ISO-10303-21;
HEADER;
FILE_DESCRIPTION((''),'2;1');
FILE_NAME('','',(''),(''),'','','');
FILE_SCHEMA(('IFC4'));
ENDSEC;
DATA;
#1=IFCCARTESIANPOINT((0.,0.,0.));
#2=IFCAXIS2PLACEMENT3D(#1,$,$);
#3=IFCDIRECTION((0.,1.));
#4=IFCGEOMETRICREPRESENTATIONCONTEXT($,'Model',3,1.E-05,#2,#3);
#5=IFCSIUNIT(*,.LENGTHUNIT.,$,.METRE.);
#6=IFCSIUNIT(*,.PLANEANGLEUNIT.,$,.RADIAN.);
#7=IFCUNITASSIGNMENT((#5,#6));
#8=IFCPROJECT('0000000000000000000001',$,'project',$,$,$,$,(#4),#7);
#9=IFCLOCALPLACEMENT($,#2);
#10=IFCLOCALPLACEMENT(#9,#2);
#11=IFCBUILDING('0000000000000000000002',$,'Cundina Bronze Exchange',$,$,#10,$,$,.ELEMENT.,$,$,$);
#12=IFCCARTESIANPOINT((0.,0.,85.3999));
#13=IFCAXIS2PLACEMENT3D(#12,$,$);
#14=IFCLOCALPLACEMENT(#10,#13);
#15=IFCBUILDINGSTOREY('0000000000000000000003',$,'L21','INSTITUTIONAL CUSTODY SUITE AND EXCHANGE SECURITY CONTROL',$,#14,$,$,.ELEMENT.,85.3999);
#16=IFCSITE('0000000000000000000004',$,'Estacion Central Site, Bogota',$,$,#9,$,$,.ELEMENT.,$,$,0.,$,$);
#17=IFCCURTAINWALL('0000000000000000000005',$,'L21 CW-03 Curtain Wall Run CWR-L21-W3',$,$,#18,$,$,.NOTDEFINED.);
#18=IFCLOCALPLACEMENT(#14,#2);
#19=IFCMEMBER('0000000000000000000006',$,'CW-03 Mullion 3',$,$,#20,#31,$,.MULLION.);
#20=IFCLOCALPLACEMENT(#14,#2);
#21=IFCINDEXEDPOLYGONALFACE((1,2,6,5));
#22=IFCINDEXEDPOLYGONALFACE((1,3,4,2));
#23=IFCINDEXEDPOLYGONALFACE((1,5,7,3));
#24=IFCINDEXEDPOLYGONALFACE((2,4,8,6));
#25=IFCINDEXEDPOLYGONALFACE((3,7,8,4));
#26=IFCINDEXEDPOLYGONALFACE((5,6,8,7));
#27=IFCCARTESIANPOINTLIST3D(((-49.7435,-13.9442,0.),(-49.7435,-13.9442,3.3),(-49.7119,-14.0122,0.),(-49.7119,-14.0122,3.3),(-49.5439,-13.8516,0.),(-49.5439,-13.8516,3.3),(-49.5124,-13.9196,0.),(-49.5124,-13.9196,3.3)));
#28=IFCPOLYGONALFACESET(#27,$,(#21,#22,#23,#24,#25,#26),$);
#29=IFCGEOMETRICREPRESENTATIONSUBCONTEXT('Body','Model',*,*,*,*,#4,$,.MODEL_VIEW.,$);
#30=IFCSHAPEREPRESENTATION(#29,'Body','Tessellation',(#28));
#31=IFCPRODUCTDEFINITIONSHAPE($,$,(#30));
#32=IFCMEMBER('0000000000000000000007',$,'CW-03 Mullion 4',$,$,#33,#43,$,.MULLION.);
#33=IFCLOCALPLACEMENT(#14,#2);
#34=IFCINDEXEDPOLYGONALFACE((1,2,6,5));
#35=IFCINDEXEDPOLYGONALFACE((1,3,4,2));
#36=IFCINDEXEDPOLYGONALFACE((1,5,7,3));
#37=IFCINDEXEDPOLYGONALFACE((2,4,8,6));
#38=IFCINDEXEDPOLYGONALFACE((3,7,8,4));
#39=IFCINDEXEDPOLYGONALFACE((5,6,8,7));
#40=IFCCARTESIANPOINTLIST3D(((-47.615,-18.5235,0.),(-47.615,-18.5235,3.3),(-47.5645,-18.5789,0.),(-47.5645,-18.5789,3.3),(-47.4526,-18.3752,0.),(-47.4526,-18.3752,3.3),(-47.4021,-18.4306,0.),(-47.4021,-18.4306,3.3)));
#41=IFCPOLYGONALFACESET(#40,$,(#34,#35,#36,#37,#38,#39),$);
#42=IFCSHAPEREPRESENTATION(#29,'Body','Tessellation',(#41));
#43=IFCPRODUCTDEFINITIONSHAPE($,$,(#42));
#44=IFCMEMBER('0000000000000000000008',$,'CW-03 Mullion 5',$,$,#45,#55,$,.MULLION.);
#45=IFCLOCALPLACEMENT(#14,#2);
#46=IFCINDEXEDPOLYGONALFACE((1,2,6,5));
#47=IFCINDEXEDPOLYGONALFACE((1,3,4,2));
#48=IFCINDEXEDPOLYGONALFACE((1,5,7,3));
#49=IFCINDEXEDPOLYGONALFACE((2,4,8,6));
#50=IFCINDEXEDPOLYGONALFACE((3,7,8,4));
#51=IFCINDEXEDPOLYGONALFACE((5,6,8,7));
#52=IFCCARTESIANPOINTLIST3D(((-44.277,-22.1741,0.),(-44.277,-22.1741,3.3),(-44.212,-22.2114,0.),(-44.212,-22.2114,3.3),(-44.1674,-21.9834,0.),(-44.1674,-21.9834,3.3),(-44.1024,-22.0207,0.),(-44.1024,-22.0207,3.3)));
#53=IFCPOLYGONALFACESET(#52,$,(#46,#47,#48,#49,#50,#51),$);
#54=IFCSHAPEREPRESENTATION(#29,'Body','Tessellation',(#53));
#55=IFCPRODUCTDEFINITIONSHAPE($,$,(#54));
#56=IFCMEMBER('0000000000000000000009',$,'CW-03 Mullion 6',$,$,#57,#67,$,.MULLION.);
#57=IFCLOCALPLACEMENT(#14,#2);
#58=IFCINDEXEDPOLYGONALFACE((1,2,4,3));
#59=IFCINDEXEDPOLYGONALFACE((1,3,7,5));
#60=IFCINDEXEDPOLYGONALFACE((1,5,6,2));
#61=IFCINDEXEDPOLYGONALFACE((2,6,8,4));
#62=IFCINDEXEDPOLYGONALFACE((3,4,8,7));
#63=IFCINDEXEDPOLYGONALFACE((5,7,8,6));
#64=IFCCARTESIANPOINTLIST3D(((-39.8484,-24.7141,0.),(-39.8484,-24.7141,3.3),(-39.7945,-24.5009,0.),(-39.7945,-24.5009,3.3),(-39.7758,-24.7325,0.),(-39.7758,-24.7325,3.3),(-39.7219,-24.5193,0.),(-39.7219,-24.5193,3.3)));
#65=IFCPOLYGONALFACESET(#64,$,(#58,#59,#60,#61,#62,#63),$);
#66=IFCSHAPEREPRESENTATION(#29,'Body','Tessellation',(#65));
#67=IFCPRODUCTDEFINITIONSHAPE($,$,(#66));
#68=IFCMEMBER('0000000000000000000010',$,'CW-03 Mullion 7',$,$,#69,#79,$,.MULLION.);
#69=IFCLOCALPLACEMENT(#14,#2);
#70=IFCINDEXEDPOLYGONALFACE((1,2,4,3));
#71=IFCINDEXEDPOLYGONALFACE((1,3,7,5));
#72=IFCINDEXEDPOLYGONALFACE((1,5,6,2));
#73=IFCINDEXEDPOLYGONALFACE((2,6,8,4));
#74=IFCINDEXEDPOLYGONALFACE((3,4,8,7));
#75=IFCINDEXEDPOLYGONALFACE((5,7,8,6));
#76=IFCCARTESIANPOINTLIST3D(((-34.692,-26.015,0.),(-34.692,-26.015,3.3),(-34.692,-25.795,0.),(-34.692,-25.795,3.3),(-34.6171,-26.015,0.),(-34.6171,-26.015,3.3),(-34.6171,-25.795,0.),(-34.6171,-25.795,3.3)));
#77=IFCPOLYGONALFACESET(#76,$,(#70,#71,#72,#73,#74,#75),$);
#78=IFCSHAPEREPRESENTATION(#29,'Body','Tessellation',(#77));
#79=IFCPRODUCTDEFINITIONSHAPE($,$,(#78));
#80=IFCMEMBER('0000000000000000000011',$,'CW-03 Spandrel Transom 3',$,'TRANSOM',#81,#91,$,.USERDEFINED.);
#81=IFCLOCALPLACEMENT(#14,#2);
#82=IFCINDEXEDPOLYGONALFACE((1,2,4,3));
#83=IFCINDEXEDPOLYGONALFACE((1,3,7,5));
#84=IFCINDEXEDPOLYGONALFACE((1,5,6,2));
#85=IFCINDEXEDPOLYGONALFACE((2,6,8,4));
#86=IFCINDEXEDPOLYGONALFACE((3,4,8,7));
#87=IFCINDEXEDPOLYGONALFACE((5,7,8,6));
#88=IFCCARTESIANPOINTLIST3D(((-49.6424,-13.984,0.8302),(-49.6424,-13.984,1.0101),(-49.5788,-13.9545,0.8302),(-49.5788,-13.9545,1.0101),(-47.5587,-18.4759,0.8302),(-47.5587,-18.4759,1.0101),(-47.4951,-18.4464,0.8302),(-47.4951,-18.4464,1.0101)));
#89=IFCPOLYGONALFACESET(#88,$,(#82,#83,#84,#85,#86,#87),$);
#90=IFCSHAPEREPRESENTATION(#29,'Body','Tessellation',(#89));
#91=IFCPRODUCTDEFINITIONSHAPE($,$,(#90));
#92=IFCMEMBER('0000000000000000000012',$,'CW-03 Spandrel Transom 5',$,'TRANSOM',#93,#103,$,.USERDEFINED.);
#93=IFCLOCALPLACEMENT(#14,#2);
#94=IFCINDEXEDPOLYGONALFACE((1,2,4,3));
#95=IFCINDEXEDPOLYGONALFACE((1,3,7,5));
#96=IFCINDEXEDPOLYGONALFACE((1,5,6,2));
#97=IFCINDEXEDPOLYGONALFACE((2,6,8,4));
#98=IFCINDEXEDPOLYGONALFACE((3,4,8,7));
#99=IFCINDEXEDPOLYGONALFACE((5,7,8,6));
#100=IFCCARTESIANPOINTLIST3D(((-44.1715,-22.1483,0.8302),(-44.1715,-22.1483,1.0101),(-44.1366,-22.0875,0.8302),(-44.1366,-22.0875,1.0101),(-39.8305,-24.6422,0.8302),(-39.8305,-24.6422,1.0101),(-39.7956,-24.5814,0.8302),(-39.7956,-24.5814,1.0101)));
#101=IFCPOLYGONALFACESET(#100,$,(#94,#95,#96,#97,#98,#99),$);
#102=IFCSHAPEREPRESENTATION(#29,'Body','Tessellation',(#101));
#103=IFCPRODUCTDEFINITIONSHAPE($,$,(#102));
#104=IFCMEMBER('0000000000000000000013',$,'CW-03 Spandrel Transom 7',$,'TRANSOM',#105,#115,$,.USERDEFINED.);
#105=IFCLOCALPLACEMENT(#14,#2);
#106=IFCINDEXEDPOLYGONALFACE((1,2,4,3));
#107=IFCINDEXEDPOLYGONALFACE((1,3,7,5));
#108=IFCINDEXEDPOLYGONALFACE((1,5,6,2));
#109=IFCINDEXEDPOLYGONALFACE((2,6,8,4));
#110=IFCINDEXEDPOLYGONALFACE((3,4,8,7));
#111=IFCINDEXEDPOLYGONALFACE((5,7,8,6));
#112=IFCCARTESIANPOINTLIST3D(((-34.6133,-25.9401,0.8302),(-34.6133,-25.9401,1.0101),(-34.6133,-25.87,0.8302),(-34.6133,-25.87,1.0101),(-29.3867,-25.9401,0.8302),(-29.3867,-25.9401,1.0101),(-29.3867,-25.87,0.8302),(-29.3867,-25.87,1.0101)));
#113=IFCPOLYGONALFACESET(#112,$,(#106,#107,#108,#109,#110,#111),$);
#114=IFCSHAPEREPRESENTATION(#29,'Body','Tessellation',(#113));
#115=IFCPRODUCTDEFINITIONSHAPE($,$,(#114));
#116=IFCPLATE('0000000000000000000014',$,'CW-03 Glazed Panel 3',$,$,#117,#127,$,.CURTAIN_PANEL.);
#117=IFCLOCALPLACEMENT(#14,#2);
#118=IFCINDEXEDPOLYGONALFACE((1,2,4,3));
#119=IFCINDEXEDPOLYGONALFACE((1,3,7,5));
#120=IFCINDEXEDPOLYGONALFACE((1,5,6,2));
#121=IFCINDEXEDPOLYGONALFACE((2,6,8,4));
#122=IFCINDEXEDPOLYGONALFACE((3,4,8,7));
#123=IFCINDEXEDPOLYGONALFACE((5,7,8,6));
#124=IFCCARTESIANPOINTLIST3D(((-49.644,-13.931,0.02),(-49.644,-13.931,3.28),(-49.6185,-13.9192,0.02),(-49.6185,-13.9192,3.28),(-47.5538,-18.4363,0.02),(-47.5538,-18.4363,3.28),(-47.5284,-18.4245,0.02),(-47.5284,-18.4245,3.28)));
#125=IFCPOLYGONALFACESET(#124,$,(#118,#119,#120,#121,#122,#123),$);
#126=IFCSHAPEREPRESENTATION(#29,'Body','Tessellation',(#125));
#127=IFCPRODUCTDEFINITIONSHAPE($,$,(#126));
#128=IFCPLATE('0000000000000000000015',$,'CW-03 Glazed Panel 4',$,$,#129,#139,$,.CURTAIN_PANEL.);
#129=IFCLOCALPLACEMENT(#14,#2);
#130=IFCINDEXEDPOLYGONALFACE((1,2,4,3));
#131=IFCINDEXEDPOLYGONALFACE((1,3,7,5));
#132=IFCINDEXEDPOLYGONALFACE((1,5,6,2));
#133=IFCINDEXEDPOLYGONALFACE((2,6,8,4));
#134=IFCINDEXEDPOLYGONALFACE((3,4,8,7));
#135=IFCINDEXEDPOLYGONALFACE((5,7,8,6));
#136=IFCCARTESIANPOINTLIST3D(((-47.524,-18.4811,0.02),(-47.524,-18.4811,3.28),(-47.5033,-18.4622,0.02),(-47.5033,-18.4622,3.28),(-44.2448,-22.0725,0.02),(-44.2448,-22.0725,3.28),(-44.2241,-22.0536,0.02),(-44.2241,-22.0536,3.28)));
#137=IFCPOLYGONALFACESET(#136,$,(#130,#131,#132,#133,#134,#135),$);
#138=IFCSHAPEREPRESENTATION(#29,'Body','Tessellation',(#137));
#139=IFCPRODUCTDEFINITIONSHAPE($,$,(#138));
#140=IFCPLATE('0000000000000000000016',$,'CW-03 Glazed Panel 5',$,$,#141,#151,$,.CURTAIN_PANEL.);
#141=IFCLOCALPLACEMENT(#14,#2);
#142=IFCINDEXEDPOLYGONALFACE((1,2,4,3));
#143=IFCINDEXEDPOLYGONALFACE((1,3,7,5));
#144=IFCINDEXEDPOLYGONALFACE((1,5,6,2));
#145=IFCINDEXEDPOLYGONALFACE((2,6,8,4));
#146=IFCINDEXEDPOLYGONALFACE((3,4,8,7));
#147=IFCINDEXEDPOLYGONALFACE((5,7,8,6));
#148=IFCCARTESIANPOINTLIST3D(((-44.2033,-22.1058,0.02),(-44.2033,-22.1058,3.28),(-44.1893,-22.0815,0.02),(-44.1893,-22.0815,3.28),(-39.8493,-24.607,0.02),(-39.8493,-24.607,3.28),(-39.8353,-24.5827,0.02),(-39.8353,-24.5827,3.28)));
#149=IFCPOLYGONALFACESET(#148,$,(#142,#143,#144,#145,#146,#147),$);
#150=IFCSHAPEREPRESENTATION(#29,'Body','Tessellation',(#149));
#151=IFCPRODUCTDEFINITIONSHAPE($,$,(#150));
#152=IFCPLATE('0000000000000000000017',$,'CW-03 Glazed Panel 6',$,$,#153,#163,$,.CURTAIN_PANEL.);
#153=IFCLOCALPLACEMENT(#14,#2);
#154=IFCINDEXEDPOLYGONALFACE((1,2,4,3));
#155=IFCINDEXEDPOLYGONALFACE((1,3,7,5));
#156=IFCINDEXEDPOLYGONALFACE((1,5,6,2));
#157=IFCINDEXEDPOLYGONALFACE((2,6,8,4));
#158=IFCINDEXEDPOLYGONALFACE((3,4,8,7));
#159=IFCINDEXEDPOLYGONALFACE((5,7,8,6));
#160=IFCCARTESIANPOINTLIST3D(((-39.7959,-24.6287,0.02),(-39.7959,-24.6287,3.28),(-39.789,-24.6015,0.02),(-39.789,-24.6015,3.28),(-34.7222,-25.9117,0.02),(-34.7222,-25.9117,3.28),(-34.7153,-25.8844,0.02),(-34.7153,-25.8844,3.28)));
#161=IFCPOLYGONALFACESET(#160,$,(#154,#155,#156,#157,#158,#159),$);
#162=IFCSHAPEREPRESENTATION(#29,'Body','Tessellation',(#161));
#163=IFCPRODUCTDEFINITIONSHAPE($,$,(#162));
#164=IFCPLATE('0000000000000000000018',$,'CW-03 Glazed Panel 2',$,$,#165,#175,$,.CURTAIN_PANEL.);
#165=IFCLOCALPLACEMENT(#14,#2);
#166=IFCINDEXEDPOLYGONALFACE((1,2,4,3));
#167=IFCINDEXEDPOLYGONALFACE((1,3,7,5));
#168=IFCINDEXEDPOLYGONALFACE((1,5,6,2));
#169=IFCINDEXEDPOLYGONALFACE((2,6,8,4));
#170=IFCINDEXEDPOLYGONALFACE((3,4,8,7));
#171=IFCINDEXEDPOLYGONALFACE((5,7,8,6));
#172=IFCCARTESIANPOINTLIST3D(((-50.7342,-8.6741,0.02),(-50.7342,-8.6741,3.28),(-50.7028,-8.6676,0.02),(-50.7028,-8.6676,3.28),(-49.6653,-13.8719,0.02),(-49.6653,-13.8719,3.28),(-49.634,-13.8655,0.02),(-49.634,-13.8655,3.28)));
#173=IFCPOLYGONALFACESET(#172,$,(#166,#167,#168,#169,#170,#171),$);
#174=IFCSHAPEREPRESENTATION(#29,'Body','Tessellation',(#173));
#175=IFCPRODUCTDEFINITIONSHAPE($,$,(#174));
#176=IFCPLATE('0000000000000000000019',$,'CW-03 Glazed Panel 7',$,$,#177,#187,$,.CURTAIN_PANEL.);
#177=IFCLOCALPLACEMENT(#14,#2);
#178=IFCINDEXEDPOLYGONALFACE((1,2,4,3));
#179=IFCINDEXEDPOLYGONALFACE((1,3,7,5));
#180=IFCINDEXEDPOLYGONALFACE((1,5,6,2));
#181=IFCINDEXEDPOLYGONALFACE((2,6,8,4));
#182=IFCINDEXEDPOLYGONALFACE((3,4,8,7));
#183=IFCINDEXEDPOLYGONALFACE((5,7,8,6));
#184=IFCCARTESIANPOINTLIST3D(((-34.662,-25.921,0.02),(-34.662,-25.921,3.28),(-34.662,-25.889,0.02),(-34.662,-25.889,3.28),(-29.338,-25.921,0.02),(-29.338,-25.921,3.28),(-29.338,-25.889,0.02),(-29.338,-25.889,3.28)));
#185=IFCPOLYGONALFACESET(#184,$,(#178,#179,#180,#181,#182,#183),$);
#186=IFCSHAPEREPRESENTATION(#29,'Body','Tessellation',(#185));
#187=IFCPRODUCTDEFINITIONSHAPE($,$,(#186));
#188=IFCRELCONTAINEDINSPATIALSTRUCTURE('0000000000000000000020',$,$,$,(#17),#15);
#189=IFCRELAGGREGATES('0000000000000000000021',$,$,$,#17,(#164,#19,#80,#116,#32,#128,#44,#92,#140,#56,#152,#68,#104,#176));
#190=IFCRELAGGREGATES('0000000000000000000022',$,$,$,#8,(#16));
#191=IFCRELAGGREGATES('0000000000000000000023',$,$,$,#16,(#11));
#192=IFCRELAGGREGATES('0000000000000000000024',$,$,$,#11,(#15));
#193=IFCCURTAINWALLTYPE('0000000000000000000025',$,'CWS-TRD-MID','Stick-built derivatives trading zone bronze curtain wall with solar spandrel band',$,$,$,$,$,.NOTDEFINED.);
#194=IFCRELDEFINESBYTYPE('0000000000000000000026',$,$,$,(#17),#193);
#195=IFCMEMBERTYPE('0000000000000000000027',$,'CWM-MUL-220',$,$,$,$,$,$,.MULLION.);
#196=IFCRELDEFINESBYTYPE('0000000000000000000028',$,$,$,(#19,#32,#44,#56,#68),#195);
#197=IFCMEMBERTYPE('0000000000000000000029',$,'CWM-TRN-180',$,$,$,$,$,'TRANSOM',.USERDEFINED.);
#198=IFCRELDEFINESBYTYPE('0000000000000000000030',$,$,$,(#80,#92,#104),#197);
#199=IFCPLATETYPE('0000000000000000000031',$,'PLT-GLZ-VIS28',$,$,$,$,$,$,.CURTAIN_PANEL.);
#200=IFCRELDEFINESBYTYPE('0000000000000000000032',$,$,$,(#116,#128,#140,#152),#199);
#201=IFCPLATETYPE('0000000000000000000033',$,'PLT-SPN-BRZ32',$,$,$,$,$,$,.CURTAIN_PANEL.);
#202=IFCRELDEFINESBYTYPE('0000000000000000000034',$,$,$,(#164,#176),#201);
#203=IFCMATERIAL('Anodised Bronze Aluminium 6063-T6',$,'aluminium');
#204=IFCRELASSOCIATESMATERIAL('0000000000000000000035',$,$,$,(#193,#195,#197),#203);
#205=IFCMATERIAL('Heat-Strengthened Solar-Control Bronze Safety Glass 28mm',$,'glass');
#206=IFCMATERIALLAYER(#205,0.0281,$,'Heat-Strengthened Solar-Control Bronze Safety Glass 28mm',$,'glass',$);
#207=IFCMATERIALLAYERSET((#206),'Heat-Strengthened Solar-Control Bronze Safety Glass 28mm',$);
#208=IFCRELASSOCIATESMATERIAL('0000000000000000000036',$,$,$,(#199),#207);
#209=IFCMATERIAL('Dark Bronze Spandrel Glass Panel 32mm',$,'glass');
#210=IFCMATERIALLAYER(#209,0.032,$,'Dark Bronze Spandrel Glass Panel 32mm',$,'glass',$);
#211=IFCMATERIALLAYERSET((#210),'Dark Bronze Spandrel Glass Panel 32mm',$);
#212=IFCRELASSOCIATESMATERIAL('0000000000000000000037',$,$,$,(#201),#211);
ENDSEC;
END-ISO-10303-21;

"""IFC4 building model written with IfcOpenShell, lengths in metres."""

from ifc_helpers import new_model, si_unit, direction, frame, origin, origin_2d, place, context, subcontext, project, spatial, rectangle, extrude, material, layer, layer_set, material_profile, profile_set, type_object, element, aggregate, save


model = new_model("IFC4")

# Units and contexts
model_context = context("Model", 3, precision=1e-05, world=origin(), true_north=direction((0.0, 1.0)))
body_context = subcontext(model_context, "Body", "Model", "MODEL_VIEW")
ifc_project = project(units=[si_unit("LENGTHUNIT", "METRE"), si_unit("PLANEANGLEUNIT", "RADIAN")], contexts=[model_context])

# Site, building, storey
site_placement = place(None, origin())
site = spatial("IfcSite", under=ifc_project, at=site_placement, Name="Estacion Central Site, Bogota", CompositionType="ELEMENT", RefElevation=0.0)
building_placement = place(site_placement, origin())
building = spatial("IfcBuilding", under=site, at=building_placement, Name="Cundina Bronze Exchange", CompositionType="ELEMENT")
storey_placement = place(building_placement, frame((0.0, 0.0, 85.3999)))
storey = spatial("IfcBuildingStorey", under=building, at=storey_placement, Name="L21", Description="INSTITUTIONAL CUSTODY SUITE AND EXCHANGE SECURITY CONTROL", CompositionType="ELEMENT", Elevation=85.3999)

# Curtain wall, members, plates
ifc_material_1 = material(Name="Anodised Bronze Aluminium 6063-T6", Category="aluminium")
curtain_wall_type = type_object("IfcCurtainWallType", Name="CWS-TRD-MID", Description="Stick-built derivatives trading zone bronze curtain wall with solar spandrel band", PredefinedType="NOTDEFINED", material=ifc_material_1)
curtain_wall_placement = place(storey_placement, origin())
curtain_wall = element("IfcCurtainWall", 1, at=curtain_wall_placement, inside=storey, type_object=curtain_wall_type, Name="L21 CW-03 Curtain Wall Run CWR-L21-W3", PredefinedType="NOTDEFINED")
ifc_material_profile_1 = material_profile(ifc_material_1, rectangle(XDim=0.075, YDim=0.22, at=origin_2d()), Name="AL75X220", Category="aluminium")
ifc_profile_set_1 = profile_set([ifc_material_profile_1], Name="Anodised Bronze Aluminium 6063-T6")
member_type_1 = type_object("IfcMemberType", Name="CWM-MUL-220", PredefinedType="MULLION", material=ifc_profile_set_1)
member_1_placement = place(storey_placement, frame((-49.6279, -13.9319, 0.0), z_axis=(0.0, 0.0, 1.0), x_axis=(0.420877, -0.907117, 0.0)))
member_1 = element("IfcMember", 2, at=member_1_placement, type_object=member_type_1, Name="CW-03 Mullion 3", PredefinedType="MULLION", context=body_context, shape_type="SweptSolid", body=[
    extrude(rectangle(XDim=0.075, YDim=0.22, at=origin_2d()), origin(), (0.0, 0.0, 1.0), 3.3),
])
member_2_placement = place(storey_placement, frame((-47.5085, -18.4771, 0.0), z_axis=(0.0, 0.0, 1.0), x_axis=(0.674302, -0.738455, 0.0)))
member_2 = element("IfcMember", 3, at=member_2_placement, type_object=member_type_1, Name="CW-03 Mullion 4", PredefinedType="MULLION", context=body_context, shape_type="SweptSolid", body=[
    extrude(rectangle(XDim=0.075, YDim=0.22, at=origin_2d()), origin(), (0.0, 0.0, 1.0), 3.3),
])
member_3_placement = place(storey_placement, frame((-44.1897, -22.0974, 0.0), z_axis=(0.0, 0.0, 1.0), x_axis=(0.867071, -0.498185, 0.0)))
member_3 = element("IfcMember", 4, at=member_3_placement, type_object=member_type_1, Name="CW-03 Mullion 5", PredefinedType="MULLION", context=body_context, shape_type="SweptSolid", body=[
    extrude(rectangle(XDim=0.075, YDim=0.22, at=origin_2d()), origin(), (0.0, 0.0, 1.0), 3.3),
])
member_4_placement = place(storey_placement, frame((-39.7852, -24.6167, 0.0), z_axis=(0.0, 0.0, 1.0), x_axis=(0.969488, -0.245138, 0.0)))
member_4 = element("IfcMember", 5, at=member_4_placement, type_object=member_type_1, Name="CW-03 Mullion 6", PredefinedType="MULLION", context=body_context, shape_type="SweptSolid", body=[
    extrude(rectangle(XDim=0.075, YDim=0.22, at=origin_2d()), origin(), (0.0, 0.0, 1.0), 3.3),
])
member_5_placement = place(storey_placement, frame((-34.6545, -25.905, 0.0), z_axis=(0.0, 0.0, 1.0), x_axis=(1.0, 0.0, 0.0)))
member_5 = element("IfcMember", 6, at=member_5_placement, type_object=member_type_1, Name="CW-03 Mullion 7", PredefinedType="MULLION", context=body_context, shape_type="SweptSolid", body=[
    extrude(rectangle(XDim=0.075, YDim=0.22, at=origin_2d()), origin(), (0.0, 0.0, 1.0), 3.3),
])
ifc_material_profile_2 = material_profile(ifc_material_1, rectangle(XDim=0.0701, YDim=0.1799, at=origin_2d()), Name="AL70X180", Category="aluminium")
ifc_profile_set_2 = profile_set([ifc_material_profile_2], Name="Anodised Bronze Aluminium 6063-T6")
member_type_2 = type_object("IfcMemberType", Name="CWM-TRN-180", ElementType="TRANSOM", PredefinedType="USERDEFINED", material=ifc_profile_set_2)
member_6_placement = place(storey_placement, frame((-49.6106, -13.9692, 0.9202), z_axis=(0.420811, -0.907148, 0.0), x_axis=(0.907148, 0.420811, 0.0)))
member_6 = element("IfcMember", 7, at=member_6_placement, type_object=member_type_2, Name="CW-03 Spandrel Transom 3", ObjectType="TRANSOM", PredefinedType="USERDEFINED", context=body_context, shape_type="SweptSolid", body=[
    extrude(rectangle(XDim=0.0701, YDim=0.1799, at=origin_2d()), origin(), (0.0, 0.0, 1.0), 4.9517),
])
member_7_placement = place(storey_placement, frame((-44.1541, -22.1179, 0.9202), z_axis=(0.867097, -0.498139, 0.0), x_axis=(0.498139, 0.867097, 0.0)))
member_7 = element("IfcMember", 8, at=member_7_placement, type_object=member_type_2, Name="CW-03 Spandrel Transom 5", ObjectType="TRANSOM", PredefinedType="USERDEFINED", context=body_context, shape_type="SweptSolid", body=[
    extrude(rectangle(XDim=0.0701, YDim=0.1799, at=origin_2d()), origin(), (0.0, 0.0, 1.0), 5.0063),
])
member_8_placement = place(storey_placement, frame((-34.6133, -25.905, 0.9202), z_axis=(1.0, 0.0, 0.0), x_axis=(0.0, 1.0, 0.0)))
member_8 = element("IfcMember", 9, at=member_8_placement, type_object=member_type_2, Name="CW-03 Spandrel Transom 7", ObjectType="TRANSOM", PredefinedType="USERDEFINED", context=body_context, shape_type="SweptSolid", body=[
    extrude(rectangle(XDim=0.0701, YDim=0.1799, at=origin_2d()), origin(), (0.0, 0.0, 1.0), 5.2266),
])
ifc_material_2 = material(Name="Heat-Strengthened Solar-Control Bronze Safety Glass 28mm", Category="glass")
ifc_layer_1 = layer(ifc_material_2, 0.0281, Name="Heat-Strengthened Solar-Control Bronze Safety Glass 28mm", Category="glass")
ifc_layer_set_1 = layer_set([ifc_layer_1], Name="Heat-Strengthened Solar-Control Bronze Safety Glass 28mm")
plate_type_1 = type_object("IfcPlateType", Name="PLT-GLZ-VIS28", PredefinedType="CURTAIN_PANEL", material=ifc_layer_set_1)
plate_1_placement = place(storey_placement, frame((-48.5862, -16.1777, 0.02), z_axis=(0.0, 0.0, 1.0), x_axis=(0.420846, -0.907132, 0.0)))
plate_1 = element("IfcPlate", 10, at=plate_1_placement, type_object=plate_type_1, Name="CW-03 Glazed Panel 3", PredefinedType="CURTAIN_PANEL", context=body_context, shape_type="SweptSolid", body=[
    extrude(rectangle(XDim=4.9666, YDim=0.0281, at=origin_2d()), origin(), (0.0, 0.0, 1.0), 3.26),
])
plate_2_placement = place(storey_placement, frame((-45.874, -20.2673, 0.02), z_axis=(0.0, 0.0, 1.0), x_axis=(0.674277, -0.738479, 0.0)))
plate_2 = element("IfcPlate", 11, at=plate_2_placement, type_object=plate_type_1, Name="CW-03 Glazed Panel 4", PredefinedType="CURTAIN_PANEL", context=body_context, shape_type="SweptSolid", body=[
    extrude(rectangle(XDim=4.8633, YDim=0.0281, at=origin_2d()), origin(), (0.0, 0.0, 1.0), 3.26),
])
plate_3_placement = place(storey_placement, frame((-42.0193, -23.3442, 0.02), z_axis=(0.0, 0.0, 1.0), x_axis=(0.867105, -0.498125, 0.0)))
plate_3 = element("IfcPlate", 12, at=plate_3_placement, type_object=plate_type_1, Name="CW-03 Glazed Panel 5", PredefinedType="CURTAIN_PANEL", context=body_context, shape_type="SweptSolid", body=[
    extrude(rectangle(XDim=5.0212, YDim=0.0281, at=origin_2d()), origin(), (0.0, 0.0, 1.0), 3.26),
])
plate_4_placement = place(storey_placement, frame((-37.2556, -25.2566, 0.02), z_axis=(0.0, 0.0, 1.0), x_axis=(0.969488, -0.245138, 0.0)))
plate_4 = element("IfcPlate", 13, at=plate_4_placement, type_object=plate_type_1, Name="CW-03 Glazed Panel 6", PredefinedType="CURTAIN_PANEL", context=body_context, shape_type="SweptSolid", body=[
    extrude(rectangle(XDim=5.2334, YDim=0.0281, at=origin_2d()), origin(), (0.0, 0.0, 1.0), 3.26),
])
ifc_material_3 = material(Name="Dark Bronze Spandrel Glass Panel 32mm", Category="glass")
ifc_layer_2 = layer(ifc_material_3, 0.032, Name="Dark Bronze Spandrel Glass Panel 32mm", Category="glass")
ifc_layer_set_2 = layer_set([ifc_layer_2], Name="Dark Bronze Spandrel Glass Panel 32mm")
plate_type_2 = type_object("IfcPlateType", Name="PLT-SPN-BRZ32", PredefinedType="CURTAIN_PANEL", material=ifc_layer_set_2)
plate_5_placement = place(storey_placement, frame((-50.1841, -11.2698, 0.02), z_axis=(0.0, 0.0, 1.0), x_axis=(0.20142, -0.979505, 0.0)))
plate_5 = element("IfcPlate", 14, at=plate_5_placement, type_object=plate_type_2, Name="CW-03 Glazed Panel 2", PredefinedType="CURTAIN_PANEL", context=body_context, shape_type="SweptSolid", body=[
    extrude(rectangle(XDim=5.3066, YDim=0.032, at=origin_2d()), origin(), (0.0, 0.0, 1.0), 3.26),
])
plate_6_placement = place(storey_placement, frame((-32.0, -25.905, 0.02), z_axis=(0.0, 0.0, 1.0), x_axis=(1.0, 0.0, 0.0)))
plate_6 = element("IfcPlate", 15, at=plate_6_placement, type_object=plate_type_2, Name="CW-03 Glazed Panel 7", PredefinedType="CURTAIN_PANEL", context=body_context, shape_type="SweptSolid", body=[
    extrude(rectangle(XDim=5.324, YDim=0.032, at=origin_2d()), origin(), (0.0, 0.0, 1.0), 3.26),
])
aggregate(curtain_wall, [plate_5, member_1, member_6, plate_1, member_2, plate_2, member_3, member_7, plate_3, member_4, plate_4, member_5, member_8, plate_6])

save(model, "model.ifc")
